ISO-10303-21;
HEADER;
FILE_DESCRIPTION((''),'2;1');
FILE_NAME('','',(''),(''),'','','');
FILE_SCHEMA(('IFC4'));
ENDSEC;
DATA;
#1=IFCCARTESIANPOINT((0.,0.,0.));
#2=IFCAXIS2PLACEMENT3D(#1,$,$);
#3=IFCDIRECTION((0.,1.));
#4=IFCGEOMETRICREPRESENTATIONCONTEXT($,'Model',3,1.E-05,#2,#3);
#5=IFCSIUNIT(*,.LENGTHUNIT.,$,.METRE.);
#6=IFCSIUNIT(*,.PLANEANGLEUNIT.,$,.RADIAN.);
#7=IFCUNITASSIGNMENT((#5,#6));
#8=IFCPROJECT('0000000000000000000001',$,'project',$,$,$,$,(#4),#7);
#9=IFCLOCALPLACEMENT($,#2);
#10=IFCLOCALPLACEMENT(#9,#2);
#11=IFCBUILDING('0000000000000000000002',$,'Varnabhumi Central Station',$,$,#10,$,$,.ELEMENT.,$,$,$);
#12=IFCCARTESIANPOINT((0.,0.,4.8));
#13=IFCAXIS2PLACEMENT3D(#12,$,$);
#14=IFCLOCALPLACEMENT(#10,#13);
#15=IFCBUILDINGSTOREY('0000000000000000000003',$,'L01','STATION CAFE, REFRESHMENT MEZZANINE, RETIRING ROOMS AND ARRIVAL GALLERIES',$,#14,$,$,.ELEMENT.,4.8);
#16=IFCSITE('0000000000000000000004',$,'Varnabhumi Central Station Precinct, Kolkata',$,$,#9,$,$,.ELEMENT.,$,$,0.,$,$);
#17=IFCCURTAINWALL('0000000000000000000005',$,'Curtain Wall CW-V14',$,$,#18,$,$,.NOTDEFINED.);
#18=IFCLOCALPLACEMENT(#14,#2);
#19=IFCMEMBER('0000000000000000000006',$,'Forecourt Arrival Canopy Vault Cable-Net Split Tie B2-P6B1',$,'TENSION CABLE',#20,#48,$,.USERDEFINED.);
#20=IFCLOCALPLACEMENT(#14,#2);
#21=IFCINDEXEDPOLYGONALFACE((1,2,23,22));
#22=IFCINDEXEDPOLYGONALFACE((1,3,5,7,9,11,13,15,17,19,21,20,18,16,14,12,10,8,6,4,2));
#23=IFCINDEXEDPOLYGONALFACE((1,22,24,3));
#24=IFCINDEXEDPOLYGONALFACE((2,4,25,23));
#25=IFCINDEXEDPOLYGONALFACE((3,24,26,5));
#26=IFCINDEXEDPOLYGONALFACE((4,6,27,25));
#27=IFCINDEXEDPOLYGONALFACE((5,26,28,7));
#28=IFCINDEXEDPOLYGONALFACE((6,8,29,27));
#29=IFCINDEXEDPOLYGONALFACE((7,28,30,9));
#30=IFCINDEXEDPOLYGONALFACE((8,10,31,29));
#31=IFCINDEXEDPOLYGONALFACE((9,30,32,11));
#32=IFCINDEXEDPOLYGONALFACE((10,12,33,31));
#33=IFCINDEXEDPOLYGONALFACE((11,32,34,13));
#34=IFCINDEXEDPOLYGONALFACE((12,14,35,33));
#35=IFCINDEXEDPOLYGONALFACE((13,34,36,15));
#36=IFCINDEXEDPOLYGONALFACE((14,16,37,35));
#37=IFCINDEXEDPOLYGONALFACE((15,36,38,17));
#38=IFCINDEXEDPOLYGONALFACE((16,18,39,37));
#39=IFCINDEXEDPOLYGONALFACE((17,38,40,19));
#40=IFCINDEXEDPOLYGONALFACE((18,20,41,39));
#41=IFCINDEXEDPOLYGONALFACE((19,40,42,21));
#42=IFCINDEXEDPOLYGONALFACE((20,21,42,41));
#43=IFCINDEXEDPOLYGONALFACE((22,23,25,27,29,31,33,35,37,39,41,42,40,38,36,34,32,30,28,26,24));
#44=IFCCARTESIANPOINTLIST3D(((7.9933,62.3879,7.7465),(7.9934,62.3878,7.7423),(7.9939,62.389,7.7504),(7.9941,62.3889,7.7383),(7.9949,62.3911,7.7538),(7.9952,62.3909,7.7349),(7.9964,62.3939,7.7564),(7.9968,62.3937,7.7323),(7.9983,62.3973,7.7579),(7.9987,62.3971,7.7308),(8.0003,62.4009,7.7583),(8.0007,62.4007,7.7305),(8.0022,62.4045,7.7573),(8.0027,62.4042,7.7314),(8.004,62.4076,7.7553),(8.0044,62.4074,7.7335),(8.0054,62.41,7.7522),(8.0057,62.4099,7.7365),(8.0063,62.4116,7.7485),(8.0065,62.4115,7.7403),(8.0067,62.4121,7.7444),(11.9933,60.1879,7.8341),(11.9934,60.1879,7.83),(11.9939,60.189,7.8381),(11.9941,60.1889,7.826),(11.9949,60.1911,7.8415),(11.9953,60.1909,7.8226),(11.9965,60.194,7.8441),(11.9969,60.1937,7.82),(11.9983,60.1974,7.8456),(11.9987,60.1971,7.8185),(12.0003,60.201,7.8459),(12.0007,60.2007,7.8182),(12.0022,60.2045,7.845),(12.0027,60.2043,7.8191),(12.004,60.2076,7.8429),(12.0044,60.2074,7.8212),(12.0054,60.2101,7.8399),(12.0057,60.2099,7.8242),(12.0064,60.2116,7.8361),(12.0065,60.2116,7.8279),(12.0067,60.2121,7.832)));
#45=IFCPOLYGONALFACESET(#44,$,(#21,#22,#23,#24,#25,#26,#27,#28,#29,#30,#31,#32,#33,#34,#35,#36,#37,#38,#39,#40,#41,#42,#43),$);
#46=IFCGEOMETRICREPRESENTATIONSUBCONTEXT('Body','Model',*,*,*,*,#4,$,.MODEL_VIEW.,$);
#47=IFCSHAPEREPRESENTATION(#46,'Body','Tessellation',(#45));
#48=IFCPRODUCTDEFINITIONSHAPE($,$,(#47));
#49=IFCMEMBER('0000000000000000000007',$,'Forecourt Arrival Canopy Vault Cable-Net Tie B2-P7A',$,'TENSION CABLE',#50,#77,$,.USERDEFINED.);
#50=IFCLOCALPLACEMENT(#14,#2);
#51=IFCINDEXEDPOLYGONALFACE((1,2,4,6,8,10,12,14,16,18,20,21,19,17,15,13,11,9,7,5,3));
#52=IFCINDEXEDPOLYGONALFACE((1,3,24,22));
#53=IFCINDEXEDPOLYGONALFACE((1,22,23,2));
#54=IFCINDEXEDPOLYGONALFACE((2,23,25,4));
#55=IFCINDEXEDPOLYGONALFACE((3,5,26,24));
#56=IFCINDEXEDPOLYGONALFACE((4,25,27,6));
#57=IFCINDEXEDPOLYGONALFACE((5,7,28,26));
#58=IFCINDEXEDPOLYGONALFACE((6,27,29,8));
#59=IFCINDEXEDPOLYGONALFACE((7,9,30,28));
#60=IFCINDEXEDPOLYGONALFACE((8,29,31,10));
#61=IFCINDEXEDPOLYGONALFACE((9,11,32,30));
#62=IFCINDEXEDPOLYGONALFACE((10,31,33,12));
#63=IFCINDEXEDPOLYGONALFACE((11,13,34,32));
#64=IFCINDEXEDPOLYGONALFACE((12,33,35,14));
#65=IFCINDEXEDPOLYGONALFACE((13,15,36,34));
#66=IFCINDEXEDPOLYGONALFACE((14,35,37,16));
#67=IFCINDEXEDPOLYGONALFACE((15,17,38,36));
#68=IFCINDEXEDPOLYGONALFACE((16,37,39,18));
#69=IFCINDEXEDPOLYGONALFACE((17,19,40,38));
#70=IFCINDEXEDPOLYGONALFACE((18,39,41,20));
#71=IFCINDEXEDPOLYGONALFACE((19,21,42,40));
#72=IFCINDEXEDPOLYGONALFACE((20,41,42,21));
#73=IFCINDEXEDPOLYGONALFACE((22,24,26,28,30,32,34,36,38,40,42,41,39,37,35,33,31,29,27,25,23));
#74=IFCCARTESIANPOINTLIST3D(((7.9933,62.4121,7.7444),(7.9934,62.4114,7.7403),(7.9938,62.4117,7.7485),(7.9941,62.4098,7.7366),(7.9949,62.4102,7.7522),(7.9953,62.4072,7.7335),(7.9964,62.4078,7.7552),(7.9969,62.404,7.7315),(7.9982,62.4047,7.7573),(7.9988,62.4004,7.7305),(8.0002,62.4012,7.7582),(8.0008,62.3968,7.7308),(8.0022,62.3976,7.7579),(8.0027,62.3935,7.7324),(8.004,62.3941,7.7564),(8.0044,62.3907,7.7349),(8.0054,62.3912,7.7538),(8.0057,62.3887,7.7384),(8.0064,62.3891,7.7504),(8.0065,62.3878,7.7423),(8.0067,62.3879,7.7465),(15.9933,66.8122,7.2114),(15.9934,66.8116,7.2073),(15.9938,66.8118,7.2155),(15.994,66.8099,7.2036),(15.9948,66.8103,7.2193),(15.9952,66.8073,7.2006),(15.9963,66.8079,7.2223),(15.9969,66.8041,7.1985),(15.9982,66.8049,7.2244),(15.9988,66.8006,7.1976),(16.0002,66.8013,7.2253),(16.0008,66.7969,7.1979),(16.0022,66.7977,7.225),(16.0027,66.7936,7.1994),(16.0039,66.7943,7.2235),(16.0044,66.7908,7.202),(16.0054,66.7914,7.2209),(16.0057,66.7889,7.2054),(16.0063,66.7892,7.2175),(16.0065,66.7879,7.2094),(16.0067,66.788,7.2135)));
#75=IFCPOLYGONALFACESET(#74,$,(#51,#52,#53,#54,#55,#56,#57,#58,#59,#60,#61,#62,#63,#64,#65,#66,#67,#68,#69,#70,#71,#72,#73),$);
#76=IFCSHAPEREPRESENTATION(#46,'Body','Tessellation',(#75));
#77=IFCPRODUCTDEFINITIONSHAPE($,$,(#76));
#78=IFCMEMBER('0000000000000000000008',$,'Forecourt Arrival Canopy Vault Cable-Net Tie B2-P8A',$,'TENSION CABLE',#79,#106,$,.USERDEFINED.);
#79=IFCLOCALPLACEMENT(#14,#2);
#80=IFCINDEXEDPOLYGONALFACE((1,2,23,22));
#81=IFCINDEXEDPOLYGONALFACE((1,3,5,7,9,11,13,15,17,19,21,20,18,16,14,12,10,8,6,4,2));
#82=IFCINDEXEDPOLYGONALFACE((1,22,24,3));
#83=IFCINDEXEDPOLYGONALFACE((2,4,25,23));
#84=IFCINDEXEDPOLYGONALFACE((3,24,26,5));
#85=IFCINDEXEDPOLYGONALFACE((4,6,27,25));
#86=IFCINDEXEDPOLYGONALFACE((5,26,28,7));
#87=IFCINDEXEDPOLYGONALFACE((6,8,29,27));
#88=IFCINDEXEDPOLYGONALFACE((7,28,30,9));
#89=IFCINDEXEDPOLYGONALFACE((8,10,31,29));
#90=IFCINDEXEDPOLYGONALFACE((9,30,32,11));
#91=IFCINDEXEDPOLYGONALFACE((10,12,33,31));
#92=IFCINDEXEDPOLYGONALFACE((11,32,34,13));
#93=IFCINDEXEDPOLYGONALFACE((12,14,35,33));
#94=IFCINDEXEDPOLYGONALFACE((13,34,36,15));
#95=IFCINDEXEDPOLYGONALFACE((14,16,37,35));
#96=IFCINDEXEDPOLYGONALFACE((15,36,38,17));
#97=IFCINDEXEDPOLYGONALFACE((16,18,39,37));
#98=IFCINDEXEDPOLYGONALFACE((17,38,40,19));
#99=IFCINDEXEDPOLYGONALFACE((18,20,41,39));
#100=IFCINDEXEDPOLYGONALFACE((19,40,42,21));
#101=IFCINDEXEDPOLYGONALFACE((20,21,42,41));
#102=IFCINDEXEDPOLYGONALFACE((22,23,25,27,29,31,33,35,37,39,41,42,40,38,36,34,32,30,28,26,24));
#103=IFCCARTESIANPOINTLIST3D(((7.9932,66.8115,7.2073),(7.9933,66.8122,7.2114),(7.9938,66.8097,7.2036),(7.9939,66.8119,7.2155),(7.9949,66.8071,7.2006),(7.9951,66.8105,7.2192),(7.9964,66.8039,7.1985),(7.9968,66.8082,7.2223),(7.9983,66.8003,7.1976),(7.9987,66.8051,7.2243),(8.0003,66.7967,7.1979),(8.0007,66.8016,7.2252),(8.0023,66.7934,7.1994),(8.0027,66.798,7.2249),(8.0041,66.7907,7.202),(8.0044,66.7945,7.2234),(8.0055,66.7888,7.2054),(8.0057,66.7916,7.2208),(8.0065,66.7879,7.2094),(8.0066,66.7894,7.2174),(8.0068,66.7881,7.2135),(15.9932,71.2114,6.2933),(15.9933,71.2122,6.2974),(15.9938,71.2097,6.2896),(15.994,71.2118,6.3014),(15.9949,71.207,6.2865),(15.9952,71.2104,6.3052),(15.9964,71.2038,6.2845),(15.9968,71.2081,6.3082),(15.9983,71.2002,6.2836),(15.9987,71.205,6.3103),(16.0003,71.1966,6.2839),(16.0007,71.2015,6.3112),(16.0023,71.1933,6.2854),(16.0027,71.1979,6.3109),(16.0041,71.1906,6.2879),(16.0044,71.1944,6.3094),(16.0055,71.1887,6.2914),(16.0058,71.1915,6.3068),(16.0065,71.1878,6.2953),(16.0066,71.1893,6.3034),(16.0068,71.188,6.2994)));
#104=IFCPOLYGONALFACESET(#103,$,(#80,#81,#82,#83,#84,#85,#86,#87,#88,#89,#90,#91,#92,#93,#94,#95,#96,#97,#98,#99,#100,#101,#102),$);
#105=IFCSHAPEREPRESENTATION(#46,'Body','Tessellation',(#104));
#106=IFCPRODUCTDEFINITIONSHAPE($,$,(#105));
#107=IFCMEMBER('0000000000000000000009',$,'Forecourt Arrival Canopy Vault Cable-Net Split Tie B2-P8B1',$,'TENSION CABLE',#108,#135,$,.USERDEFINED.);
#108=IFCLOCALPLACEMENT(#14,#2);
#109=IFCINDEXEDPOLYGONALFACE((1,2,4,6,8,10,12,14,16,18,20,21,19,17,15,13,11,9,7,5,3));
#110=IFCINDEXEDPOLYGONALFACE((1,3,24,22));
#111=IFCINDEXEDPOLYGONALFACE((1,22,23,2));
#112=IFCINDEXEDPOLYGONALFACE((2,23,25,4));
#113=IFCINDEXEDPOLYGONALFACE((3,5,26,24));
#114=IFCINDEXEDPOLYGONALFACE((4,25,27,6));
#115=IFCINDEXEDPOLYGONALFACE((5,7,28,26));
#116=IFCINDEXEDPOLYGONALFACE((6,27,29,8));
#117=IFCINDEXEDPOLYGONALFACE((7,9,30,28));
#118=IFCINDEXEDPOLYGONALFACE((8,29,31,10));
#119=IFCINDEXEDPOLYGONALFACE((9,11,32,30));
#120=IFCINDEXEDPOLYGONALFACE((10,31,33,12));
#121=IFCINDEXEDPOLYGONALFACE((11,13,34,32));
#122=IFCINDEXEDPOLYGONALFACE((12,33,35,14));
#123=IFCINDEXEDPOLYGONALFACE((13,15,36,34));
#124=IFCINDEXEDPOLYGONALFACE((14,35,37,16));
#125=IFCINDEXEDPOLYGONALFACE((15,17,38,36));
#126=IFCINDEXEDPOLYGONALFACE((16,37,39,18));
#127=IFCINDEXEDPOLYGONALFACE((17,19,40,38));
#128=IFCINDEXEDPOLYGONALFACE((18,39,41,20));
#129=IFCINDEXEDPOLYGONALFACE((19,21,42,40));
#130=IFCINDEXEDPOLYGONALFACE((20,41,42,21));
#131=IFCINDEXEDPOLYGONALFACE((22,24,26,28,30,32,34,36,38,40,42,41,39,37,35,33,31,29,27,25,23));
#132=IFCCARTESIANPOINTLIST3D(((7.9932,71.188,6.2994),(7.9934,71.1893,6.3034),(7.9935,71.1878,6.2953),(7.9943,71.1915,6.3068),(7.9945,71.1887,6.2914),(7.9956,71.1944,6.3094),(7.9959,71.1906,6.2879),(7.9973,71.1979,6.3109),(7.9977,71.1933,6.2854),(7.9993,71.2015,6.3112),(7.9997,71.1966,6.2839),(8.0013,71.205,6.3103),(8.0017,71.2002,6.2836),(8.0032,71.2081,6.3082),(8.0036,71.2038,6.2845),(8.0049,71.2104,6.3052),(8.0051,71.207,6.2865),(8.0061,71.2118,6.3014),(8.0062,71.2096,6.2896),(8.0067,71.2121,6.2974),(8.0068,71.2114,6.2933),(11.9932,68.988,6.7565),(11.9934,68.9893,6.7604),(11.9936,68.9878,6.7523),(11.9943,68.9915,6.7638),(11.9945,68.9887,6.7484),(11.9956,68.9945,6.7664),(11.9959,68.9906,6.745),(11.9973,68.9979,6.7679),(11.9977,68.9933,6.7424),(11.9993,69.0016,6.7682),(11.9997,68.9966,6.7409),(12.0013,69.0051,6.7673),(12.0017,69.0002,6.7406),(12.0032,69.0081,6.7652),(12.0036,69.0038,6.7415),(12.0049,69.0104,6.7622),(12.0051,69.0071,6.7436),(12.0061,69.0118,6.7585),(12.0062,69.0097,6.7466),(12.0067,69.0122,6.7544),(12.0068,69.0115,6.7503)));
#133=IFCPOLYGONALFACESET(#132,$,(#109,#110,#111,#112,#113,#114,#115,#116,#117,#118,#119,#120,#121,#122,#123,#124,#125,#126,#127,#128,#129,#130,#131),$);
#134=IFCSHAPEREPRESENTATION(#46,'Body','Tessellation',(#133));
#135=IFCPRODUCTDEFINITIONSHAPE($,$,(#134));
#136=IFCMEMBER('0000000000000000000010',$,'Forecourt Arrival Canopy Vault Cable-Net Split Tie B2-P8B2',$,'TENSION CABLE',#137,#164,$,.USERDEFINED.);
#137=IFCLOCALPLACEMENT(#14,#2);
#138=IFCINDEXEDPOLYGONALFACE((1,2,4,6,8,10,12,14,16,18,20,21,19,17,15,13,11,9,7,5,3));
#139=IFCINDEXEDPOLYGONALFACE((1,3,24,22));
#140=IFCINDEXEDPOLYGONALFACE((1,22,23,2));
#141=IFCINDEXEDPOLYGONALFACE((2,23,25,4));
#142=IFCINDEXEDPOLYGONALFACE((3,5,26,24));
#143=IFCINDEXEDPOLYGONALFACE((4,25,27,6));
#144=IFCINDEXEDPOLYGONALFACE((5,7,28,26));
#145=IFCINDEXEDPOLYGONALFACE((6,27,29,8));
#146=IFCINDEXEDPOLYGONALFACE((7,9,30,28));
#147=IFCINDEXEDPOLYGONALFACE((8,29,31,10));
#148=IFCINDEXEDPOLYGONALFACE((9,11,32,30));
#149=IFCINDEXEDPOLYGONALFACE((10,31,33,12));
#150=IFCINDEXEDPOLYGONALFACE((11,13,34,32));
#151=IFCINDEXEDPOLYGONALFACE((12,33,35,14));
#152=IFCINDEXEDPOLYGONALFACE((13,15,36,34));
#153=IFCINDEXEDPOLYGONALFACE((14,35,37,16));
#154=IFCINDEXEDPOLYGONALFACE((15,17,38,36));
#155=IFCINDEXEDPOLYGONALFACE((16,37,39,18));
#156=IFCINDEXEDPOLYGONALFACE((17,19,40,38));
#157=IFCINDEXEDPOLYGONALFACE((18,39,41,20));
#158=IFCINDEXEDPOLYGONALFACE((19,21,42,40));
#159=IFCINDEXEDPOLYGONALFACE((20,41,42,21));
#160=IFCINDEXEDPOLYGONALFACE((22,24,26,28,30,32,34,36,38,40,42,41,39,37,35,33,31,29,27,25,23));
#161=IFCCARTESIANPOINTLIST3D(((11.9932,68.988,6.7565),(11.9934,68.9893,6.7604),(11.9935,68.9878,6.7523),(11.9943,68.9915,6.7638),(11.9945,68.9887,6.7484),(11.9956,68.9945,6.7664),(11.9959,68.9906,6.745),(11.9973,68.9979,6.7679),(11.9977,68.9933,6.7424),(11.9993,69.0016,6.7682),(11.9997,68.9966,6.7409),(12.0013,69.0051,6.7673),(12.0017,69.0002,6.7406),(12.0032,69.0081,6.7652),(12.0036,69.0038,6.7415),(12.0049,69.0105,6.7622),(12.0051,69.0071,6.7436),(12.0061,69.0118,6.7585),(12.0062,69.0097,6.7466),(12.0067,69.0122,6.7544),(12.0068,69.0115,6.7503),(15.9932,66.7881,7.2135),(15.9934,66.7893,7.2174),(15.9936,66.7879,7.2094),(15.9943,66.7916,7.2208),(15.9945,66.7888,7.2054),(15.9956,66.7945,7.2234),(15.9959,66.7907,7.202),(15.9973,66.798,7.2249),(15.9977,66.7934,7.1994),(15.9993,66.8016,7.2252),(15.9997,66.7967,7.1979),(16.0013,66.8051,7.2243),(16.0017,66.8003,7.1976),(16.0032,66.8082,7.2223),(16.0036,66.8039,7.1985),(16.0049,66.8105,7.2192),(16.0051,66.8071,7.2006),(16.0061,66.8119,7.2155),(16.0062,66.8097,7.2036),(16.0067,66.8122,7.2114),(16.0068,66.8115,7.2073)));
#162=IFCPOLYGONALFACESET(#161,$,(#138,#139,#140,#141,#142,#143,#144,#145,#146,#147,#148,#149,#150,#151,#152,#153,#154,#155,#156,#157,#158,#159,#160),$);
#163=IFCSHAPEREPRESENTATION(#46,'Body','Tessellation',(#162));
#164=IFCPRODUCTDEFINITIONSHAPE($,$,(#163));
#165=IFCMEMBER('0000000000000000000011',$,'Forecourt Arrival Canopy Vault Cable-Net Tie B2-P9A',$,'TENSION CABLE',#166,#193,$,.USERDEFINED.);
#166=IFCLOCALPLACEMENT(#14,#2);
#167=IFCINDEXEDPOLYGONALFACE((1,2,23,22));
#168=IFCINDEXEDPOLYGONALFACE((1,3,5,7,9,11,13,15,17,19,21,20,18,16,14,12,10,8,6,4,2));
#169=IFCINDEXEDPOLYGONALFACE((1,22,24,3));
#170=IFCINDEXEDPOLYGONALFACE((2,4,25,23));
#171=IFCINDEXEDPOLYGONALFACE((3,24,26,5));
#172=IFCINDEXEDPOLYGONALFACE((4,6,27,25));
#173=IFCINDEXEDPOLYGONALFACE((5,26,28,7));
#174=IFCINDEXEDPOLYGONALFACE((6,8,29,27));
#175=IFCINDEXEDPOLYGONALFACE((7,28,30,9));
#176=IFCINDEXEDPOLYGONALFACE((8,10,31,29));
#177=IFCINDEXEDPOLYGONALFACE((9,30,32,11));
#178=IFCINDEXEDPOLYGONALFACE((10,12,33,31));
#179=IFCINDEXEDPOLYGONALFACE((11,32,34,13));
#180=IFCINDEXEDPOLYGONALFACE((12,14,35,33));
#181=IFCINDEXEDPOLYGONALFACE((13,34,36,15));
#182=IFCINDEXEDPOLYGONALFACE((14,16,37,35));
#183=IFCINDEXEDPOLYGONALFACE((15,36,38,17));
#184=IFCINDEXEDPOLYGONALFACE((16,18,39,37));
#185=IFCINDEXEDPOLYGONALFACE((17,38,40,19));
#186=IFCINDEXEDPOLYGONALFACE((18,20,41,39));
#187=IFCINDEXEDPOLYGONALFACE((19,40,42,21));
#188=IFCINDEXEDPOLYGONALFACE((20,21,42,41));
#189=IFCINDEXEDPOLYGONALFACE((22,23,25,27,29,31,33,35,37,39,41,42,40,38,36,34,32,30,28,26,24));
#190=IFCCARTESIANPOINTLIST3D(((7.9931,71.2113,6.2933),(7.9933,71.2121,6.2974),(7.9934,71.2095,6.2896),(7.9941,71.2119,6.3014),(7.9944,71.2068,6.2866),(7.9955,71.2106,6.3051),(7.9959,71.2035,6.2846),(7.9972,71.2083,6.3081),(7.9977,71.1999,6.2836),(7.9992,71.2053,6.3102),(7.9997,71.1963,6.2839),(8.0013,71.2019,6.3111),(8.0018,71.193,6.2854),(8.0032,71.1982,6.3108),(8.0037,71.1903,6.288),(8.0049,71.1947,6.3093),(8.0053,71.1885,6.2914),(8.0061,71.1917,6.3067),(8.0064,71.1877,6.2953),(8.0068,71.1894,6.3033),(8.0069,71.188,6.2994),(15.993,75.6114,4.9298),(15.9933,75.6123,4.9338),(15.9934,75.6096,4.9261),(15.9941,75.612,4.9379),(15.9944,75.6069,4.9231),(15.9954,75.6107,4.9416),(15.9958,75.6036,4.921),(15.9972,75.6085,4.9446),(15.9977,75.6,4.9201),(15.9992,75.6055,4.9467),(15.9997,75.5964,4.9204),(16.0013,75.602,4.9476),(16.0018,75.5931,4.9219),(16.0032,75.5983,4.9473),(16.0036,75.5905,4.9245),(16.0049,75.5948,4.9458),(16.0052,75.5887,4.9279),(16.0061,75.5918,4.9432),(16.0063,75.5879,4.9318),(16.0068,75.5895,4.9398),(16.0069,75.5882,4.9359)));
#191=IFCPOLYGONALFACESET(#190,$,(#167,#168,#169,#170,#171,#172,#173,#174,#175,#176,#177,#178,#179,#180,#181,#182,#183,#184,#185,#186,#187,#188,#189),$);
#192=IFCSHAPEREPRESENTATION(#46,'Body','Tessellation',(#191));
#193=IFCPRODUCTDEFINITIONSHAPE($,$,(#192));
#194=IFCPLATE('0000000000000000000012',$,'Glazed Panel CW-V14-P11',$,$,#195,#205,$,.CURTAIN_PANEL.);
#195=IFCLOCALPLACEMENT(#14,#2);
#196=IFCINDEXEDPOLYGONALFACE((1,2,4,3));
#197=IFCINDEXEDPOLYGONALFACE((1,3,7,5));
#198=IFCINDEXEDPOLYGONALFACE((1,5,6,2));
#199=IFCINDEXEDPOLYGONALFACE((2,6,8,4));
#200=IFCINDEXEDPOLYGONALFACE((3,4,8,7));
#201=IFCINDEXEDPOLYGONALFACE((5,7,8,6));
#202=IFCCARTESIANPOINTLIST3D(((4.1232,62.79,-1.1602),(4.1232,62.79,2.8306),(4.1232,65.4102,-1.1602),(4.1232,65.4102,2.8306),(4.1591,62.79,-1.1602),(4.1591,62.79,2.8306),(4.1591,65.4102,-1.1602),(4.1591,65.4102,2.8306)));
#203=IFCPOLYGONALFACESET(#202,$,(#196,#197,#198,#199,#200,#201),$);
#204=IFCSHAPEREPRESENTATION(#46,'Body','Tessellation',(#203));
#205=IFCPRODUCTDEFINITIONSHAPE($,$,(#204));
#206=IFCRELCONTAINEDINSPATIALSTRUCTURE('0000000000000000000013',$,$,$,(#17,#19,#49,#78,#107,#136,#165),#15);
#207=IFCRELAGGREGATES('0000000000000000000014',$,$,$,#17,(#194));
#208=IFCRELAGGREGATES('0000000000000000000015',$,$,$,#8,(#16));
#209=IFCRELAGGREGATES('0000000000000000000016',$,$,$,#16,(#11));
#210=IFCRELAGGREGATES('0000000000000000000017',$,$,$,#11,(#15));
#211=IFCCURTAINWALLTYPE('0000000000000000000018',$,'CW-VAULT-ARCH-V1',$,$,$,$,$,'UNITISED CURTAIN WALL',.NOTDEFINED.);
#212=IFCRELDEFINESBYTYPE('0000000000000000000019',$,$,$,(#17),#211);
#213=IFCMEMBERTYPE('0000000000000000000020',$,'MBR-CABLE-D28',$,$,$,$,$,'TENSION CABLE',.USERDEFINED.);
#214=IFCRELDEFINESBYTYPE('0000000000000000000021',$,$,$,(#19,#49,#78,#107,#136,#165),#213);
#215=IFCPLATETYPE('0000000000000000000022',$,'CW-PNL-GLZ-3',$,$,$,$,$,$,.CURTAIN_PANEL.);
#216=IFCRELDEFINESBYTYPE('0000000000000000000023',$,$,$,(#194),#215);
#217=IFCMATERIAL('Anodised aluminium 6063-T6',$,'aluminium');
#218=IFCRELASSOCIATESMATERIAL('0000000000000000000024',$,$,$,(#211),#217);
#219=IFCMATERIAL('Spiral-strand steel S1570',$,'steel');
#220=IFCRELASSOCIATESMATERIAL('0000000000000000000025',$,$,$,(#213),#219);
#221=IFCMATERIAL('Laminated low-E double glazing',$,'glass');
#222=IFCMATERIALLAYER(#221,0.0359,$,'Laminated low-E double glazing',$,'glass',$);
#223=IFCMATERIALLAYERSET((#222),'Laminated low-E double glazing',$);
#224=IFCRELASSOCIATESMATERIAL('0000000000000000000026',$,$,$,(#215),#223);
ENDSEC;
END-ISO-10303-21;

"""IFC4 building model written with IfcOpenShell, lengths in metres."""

from ifc_helpers import new_model, si_unit, direction, frame, origin, origin_2d, place, context, subcontext, project, spatial, rectangle, circle, extrude, material, layer, layer_set, material_profile, profile_set, type_object, element, aggregate, save


model = new_model("IFC4")

# Units and contexts
model_context = context("Model", 3, precision=1e-05, world=origin(), true_north=direction((0.0, 1.0)))
body_context = subcontext(model_context, "Body", "Model", "MODEL_VIEW")
ifc_project = project(units=[si_unit("LENGTHUNIT", "METRE"), si_unit("PLANEANGLEUNIT", "RADIAN")], contexts=[model_context])

# Site, building, storey
site_placement = place(None, origin())
site = spatial("IfcSite", under=ifc_project, at=site_placement, Name="Varnabhumi Central Station Precinct, Kolkata", CompositionType="ELEMENT", RefElevation=0.0)
building_placement = place(site_placement, origin())
building = spatial("IfcBuilding", under=site, at=building_placement, Name="Varnabhumi Central Station", CompositionType="ELEMENT")
storey_placement = place(building_placement, frame((0.0, 0.0, 4.8)))
storey = spatial("IfcBuildingStorey", under=building, at=storey_placement, Name="L01", Description="STATION CAFE, REFRESHMENT MEZZANINE, RETIRING ROOMS AND ARRIVAL GALLERIES", CompositionType="ELEMENT", Elevation=4.8)

# Curtain wall
ifc_material_1 = material(Name="Anodised aluminium 6063-T6", Category="aluminium")
curtain_wall_type = type_object("IfcCurtainWallType", Name="CW-VAULT-ARCH-V1", ElementType="UNITISED CURTAIN WALL", PredefinedType="NOTDEFINED", material=ifc_material_1)
curtain_wall_1_placement = place(storey_placement, origin())
curtain_wall_1 = element("IfcCurtainWall", 1, at=curtain_wall_1_placement, inside=storey, type_object=curtain_wall_type, Name="Curtain Wall CW-V14", PredefinedType="NOTDEFINED")

# Members
ifc_material_2 = material(Name="Spiral-strand steel S1570", Category="steel")
ifc_material_profile_1 = material_profile(ifc_material_2, circle(Radius=0.0139, at=origin_2d()), Name="Spiral-strand steel S1570", Category="steel")
ifc_profile_set_1 = profile_set([ifc_material_profile_1], Name="Spiral-strand steel S1570")
member_type_1 = type_object("IfcMemberType", Name="MBR-CABLE-D28", ElementType="TENSION CABLE", PredefinedType="USERDEFINED", material=ifc_profile_set_1)
member_1_placement = place(storey_placement, frame((8.0, 62.3999, 7.7444), z_axis=(0.876059, -0.481822, 0.019196), x_axis=(0.481911, 0.87622, 0.0)))
element("IfcMember", 2, at=member_1_placement, inside=storey, type_object=member_type_1, Name="Forecourt Arrival Canopy Vault Cable-Net Split Tie B2-P6B1", ObjectType="TENSION CABLE", PredefinedType="USERDEFINED", context=body_context, shape_type="SweptSolid", body=[
    extrude(circle(Radius=0.0139, at=origin_2d()), origin(), (0.0, 0.0, 1.0), 4.5659),
])
member_2_placement = place(storey_placement, frame((8.0, 62.3999, 7.7444), z_axis=(0.87472, 0.481112, -0.058274), x_axis=(-0.481931, 0.876209, 0.0)))
element("IfcMember", 3, at=member_2_placement, inside=storey, type_object=member_type_1, Name="Forecourt Arrival Canopy Vault Cable-Net Tie B2-P7A", ObjectType="TENSION CABLE", PredefinedType="USERDEFINED", context=body_context, shape_type="SweptSolid", body=[
    extrude(circle(Radius=0.0139, at=origin_2d()), origin(), (0.0, 0.0, 1.0), 9.1458),
])
member_3_placement = place(storey_placement, frame((8.0, 66.8, 7.2114), z_axis=(0.871862, 0.479513, -0.099617), x_axis=(-0.481911, 0.87622, 0.0)))
element("IfcMember", 4, at=member_3_placement, inside=storey, type_object=member_type_1, Name="Forecourt Arrival Canopy Vault Cable-Net Tie B2-P8A", ObjectType="TENSION CABLE", PredefinedType="USERDEFINED", context=body_context, shape_type="SweptSolid", body=[
    extrude(circle(Radius=0.0139, at=origin_2d()), origin(), (0.0, 0.0, 1.0), 9.1758),
])
for number, where, z_axis, x_axis, name in (
    (5, (8.0, 71.2, 6.2974), (0.871862, -0.479513, 0.099617), (0.481911, 0.87622, 0.0), "Forecourt Arrival Canopy Vault Cable-Net Split Tie B2-P8B1"),
    (6, (12.0, 69.0, 6.7544), (0.871862, -0.479513, 0.099617), (0.481911, 0.87622, 0.0), "Forecourt Arrival Canopy Vault Cable-Net Split Tie B2-P8B2"),
):
    element("IfcMember", number, at=place(storey_placement, frame(where, z_axis=z_axis, x_axis=x_axis)), inside=storey, type_object=member_type_1, Name=name, ObjectType="TENSION CABLE", PredefinedType="USERDEFINED", context=body_context, shape_type="SweptSolid", body=[
        extrude(circle(Radius=0.0139, at=origin_2d()), origin(), (0.0, 0.0, 1.0), 4.5879),
    ])
member_4_placement = place(storey_placement, frame((8.0, 71.2, 6.2974), z_axis=(0.866599, 0.476645, -0.147704), x_axis=(-0.481931, 0.876209, 0.0)))
element("IfcMember", 7, at=member_4_placement, inside=storey, type_object=member_type_1, Name="Forecourt Arrival Canopy Vault Cable-Net Tie B2-P9A", ObjectType="TENSION CABLE", PredefinedType="USERDEFINED", context=body_context, shape_type="SweptSolid", body=[
    extrude(circle(Radius=0.0139, at=origin_2d()), origin(), (0.0, 0.0, 1.0), 9.2314),
])

# Plate
ifc_material_3 = material(Name="Laminated low-E double glazing", Category="glass")
ifc_layer_1 = layer(ifc_material_3, 0.0359, Name="Laminated low-E double glazing", Category="glass")
ifc_layer_set_1 = layer_set([ifc_layer_1], Name="Laminated low-E double glazing")
plate_type_1 = type_object("IfcPlateType", Name="CW-PNL-GLZ-3", PredefinedType="CURTAIN_PANEL", material=ifc_layer_set_1)
plate_1_placement = place(storey_placement, frame((4.1411, 64.1001, -1.1602), z_axis=(0.0, 0.0, 1.0), x_axis=(0.0, 1.0, 0.0)))
plate_1 = element("IfcPlate", 8, at=plate_1_placement, type_object=plate_type_1, Name="Glazed Panel CW-V14-P11", PredefinedType="CURTAIN_PANEL", context=body_context, shape_type="SweptSolid", body=[
    extrude(rectangle(XDim=2.6201, YDim=0.0359, at=origin_2d()), origin(), (0.0, 0.0, 1.0), 3.9907),
])
aggregate(curtain_wall_1, [plate_1])

save(model, "model.ifc")
